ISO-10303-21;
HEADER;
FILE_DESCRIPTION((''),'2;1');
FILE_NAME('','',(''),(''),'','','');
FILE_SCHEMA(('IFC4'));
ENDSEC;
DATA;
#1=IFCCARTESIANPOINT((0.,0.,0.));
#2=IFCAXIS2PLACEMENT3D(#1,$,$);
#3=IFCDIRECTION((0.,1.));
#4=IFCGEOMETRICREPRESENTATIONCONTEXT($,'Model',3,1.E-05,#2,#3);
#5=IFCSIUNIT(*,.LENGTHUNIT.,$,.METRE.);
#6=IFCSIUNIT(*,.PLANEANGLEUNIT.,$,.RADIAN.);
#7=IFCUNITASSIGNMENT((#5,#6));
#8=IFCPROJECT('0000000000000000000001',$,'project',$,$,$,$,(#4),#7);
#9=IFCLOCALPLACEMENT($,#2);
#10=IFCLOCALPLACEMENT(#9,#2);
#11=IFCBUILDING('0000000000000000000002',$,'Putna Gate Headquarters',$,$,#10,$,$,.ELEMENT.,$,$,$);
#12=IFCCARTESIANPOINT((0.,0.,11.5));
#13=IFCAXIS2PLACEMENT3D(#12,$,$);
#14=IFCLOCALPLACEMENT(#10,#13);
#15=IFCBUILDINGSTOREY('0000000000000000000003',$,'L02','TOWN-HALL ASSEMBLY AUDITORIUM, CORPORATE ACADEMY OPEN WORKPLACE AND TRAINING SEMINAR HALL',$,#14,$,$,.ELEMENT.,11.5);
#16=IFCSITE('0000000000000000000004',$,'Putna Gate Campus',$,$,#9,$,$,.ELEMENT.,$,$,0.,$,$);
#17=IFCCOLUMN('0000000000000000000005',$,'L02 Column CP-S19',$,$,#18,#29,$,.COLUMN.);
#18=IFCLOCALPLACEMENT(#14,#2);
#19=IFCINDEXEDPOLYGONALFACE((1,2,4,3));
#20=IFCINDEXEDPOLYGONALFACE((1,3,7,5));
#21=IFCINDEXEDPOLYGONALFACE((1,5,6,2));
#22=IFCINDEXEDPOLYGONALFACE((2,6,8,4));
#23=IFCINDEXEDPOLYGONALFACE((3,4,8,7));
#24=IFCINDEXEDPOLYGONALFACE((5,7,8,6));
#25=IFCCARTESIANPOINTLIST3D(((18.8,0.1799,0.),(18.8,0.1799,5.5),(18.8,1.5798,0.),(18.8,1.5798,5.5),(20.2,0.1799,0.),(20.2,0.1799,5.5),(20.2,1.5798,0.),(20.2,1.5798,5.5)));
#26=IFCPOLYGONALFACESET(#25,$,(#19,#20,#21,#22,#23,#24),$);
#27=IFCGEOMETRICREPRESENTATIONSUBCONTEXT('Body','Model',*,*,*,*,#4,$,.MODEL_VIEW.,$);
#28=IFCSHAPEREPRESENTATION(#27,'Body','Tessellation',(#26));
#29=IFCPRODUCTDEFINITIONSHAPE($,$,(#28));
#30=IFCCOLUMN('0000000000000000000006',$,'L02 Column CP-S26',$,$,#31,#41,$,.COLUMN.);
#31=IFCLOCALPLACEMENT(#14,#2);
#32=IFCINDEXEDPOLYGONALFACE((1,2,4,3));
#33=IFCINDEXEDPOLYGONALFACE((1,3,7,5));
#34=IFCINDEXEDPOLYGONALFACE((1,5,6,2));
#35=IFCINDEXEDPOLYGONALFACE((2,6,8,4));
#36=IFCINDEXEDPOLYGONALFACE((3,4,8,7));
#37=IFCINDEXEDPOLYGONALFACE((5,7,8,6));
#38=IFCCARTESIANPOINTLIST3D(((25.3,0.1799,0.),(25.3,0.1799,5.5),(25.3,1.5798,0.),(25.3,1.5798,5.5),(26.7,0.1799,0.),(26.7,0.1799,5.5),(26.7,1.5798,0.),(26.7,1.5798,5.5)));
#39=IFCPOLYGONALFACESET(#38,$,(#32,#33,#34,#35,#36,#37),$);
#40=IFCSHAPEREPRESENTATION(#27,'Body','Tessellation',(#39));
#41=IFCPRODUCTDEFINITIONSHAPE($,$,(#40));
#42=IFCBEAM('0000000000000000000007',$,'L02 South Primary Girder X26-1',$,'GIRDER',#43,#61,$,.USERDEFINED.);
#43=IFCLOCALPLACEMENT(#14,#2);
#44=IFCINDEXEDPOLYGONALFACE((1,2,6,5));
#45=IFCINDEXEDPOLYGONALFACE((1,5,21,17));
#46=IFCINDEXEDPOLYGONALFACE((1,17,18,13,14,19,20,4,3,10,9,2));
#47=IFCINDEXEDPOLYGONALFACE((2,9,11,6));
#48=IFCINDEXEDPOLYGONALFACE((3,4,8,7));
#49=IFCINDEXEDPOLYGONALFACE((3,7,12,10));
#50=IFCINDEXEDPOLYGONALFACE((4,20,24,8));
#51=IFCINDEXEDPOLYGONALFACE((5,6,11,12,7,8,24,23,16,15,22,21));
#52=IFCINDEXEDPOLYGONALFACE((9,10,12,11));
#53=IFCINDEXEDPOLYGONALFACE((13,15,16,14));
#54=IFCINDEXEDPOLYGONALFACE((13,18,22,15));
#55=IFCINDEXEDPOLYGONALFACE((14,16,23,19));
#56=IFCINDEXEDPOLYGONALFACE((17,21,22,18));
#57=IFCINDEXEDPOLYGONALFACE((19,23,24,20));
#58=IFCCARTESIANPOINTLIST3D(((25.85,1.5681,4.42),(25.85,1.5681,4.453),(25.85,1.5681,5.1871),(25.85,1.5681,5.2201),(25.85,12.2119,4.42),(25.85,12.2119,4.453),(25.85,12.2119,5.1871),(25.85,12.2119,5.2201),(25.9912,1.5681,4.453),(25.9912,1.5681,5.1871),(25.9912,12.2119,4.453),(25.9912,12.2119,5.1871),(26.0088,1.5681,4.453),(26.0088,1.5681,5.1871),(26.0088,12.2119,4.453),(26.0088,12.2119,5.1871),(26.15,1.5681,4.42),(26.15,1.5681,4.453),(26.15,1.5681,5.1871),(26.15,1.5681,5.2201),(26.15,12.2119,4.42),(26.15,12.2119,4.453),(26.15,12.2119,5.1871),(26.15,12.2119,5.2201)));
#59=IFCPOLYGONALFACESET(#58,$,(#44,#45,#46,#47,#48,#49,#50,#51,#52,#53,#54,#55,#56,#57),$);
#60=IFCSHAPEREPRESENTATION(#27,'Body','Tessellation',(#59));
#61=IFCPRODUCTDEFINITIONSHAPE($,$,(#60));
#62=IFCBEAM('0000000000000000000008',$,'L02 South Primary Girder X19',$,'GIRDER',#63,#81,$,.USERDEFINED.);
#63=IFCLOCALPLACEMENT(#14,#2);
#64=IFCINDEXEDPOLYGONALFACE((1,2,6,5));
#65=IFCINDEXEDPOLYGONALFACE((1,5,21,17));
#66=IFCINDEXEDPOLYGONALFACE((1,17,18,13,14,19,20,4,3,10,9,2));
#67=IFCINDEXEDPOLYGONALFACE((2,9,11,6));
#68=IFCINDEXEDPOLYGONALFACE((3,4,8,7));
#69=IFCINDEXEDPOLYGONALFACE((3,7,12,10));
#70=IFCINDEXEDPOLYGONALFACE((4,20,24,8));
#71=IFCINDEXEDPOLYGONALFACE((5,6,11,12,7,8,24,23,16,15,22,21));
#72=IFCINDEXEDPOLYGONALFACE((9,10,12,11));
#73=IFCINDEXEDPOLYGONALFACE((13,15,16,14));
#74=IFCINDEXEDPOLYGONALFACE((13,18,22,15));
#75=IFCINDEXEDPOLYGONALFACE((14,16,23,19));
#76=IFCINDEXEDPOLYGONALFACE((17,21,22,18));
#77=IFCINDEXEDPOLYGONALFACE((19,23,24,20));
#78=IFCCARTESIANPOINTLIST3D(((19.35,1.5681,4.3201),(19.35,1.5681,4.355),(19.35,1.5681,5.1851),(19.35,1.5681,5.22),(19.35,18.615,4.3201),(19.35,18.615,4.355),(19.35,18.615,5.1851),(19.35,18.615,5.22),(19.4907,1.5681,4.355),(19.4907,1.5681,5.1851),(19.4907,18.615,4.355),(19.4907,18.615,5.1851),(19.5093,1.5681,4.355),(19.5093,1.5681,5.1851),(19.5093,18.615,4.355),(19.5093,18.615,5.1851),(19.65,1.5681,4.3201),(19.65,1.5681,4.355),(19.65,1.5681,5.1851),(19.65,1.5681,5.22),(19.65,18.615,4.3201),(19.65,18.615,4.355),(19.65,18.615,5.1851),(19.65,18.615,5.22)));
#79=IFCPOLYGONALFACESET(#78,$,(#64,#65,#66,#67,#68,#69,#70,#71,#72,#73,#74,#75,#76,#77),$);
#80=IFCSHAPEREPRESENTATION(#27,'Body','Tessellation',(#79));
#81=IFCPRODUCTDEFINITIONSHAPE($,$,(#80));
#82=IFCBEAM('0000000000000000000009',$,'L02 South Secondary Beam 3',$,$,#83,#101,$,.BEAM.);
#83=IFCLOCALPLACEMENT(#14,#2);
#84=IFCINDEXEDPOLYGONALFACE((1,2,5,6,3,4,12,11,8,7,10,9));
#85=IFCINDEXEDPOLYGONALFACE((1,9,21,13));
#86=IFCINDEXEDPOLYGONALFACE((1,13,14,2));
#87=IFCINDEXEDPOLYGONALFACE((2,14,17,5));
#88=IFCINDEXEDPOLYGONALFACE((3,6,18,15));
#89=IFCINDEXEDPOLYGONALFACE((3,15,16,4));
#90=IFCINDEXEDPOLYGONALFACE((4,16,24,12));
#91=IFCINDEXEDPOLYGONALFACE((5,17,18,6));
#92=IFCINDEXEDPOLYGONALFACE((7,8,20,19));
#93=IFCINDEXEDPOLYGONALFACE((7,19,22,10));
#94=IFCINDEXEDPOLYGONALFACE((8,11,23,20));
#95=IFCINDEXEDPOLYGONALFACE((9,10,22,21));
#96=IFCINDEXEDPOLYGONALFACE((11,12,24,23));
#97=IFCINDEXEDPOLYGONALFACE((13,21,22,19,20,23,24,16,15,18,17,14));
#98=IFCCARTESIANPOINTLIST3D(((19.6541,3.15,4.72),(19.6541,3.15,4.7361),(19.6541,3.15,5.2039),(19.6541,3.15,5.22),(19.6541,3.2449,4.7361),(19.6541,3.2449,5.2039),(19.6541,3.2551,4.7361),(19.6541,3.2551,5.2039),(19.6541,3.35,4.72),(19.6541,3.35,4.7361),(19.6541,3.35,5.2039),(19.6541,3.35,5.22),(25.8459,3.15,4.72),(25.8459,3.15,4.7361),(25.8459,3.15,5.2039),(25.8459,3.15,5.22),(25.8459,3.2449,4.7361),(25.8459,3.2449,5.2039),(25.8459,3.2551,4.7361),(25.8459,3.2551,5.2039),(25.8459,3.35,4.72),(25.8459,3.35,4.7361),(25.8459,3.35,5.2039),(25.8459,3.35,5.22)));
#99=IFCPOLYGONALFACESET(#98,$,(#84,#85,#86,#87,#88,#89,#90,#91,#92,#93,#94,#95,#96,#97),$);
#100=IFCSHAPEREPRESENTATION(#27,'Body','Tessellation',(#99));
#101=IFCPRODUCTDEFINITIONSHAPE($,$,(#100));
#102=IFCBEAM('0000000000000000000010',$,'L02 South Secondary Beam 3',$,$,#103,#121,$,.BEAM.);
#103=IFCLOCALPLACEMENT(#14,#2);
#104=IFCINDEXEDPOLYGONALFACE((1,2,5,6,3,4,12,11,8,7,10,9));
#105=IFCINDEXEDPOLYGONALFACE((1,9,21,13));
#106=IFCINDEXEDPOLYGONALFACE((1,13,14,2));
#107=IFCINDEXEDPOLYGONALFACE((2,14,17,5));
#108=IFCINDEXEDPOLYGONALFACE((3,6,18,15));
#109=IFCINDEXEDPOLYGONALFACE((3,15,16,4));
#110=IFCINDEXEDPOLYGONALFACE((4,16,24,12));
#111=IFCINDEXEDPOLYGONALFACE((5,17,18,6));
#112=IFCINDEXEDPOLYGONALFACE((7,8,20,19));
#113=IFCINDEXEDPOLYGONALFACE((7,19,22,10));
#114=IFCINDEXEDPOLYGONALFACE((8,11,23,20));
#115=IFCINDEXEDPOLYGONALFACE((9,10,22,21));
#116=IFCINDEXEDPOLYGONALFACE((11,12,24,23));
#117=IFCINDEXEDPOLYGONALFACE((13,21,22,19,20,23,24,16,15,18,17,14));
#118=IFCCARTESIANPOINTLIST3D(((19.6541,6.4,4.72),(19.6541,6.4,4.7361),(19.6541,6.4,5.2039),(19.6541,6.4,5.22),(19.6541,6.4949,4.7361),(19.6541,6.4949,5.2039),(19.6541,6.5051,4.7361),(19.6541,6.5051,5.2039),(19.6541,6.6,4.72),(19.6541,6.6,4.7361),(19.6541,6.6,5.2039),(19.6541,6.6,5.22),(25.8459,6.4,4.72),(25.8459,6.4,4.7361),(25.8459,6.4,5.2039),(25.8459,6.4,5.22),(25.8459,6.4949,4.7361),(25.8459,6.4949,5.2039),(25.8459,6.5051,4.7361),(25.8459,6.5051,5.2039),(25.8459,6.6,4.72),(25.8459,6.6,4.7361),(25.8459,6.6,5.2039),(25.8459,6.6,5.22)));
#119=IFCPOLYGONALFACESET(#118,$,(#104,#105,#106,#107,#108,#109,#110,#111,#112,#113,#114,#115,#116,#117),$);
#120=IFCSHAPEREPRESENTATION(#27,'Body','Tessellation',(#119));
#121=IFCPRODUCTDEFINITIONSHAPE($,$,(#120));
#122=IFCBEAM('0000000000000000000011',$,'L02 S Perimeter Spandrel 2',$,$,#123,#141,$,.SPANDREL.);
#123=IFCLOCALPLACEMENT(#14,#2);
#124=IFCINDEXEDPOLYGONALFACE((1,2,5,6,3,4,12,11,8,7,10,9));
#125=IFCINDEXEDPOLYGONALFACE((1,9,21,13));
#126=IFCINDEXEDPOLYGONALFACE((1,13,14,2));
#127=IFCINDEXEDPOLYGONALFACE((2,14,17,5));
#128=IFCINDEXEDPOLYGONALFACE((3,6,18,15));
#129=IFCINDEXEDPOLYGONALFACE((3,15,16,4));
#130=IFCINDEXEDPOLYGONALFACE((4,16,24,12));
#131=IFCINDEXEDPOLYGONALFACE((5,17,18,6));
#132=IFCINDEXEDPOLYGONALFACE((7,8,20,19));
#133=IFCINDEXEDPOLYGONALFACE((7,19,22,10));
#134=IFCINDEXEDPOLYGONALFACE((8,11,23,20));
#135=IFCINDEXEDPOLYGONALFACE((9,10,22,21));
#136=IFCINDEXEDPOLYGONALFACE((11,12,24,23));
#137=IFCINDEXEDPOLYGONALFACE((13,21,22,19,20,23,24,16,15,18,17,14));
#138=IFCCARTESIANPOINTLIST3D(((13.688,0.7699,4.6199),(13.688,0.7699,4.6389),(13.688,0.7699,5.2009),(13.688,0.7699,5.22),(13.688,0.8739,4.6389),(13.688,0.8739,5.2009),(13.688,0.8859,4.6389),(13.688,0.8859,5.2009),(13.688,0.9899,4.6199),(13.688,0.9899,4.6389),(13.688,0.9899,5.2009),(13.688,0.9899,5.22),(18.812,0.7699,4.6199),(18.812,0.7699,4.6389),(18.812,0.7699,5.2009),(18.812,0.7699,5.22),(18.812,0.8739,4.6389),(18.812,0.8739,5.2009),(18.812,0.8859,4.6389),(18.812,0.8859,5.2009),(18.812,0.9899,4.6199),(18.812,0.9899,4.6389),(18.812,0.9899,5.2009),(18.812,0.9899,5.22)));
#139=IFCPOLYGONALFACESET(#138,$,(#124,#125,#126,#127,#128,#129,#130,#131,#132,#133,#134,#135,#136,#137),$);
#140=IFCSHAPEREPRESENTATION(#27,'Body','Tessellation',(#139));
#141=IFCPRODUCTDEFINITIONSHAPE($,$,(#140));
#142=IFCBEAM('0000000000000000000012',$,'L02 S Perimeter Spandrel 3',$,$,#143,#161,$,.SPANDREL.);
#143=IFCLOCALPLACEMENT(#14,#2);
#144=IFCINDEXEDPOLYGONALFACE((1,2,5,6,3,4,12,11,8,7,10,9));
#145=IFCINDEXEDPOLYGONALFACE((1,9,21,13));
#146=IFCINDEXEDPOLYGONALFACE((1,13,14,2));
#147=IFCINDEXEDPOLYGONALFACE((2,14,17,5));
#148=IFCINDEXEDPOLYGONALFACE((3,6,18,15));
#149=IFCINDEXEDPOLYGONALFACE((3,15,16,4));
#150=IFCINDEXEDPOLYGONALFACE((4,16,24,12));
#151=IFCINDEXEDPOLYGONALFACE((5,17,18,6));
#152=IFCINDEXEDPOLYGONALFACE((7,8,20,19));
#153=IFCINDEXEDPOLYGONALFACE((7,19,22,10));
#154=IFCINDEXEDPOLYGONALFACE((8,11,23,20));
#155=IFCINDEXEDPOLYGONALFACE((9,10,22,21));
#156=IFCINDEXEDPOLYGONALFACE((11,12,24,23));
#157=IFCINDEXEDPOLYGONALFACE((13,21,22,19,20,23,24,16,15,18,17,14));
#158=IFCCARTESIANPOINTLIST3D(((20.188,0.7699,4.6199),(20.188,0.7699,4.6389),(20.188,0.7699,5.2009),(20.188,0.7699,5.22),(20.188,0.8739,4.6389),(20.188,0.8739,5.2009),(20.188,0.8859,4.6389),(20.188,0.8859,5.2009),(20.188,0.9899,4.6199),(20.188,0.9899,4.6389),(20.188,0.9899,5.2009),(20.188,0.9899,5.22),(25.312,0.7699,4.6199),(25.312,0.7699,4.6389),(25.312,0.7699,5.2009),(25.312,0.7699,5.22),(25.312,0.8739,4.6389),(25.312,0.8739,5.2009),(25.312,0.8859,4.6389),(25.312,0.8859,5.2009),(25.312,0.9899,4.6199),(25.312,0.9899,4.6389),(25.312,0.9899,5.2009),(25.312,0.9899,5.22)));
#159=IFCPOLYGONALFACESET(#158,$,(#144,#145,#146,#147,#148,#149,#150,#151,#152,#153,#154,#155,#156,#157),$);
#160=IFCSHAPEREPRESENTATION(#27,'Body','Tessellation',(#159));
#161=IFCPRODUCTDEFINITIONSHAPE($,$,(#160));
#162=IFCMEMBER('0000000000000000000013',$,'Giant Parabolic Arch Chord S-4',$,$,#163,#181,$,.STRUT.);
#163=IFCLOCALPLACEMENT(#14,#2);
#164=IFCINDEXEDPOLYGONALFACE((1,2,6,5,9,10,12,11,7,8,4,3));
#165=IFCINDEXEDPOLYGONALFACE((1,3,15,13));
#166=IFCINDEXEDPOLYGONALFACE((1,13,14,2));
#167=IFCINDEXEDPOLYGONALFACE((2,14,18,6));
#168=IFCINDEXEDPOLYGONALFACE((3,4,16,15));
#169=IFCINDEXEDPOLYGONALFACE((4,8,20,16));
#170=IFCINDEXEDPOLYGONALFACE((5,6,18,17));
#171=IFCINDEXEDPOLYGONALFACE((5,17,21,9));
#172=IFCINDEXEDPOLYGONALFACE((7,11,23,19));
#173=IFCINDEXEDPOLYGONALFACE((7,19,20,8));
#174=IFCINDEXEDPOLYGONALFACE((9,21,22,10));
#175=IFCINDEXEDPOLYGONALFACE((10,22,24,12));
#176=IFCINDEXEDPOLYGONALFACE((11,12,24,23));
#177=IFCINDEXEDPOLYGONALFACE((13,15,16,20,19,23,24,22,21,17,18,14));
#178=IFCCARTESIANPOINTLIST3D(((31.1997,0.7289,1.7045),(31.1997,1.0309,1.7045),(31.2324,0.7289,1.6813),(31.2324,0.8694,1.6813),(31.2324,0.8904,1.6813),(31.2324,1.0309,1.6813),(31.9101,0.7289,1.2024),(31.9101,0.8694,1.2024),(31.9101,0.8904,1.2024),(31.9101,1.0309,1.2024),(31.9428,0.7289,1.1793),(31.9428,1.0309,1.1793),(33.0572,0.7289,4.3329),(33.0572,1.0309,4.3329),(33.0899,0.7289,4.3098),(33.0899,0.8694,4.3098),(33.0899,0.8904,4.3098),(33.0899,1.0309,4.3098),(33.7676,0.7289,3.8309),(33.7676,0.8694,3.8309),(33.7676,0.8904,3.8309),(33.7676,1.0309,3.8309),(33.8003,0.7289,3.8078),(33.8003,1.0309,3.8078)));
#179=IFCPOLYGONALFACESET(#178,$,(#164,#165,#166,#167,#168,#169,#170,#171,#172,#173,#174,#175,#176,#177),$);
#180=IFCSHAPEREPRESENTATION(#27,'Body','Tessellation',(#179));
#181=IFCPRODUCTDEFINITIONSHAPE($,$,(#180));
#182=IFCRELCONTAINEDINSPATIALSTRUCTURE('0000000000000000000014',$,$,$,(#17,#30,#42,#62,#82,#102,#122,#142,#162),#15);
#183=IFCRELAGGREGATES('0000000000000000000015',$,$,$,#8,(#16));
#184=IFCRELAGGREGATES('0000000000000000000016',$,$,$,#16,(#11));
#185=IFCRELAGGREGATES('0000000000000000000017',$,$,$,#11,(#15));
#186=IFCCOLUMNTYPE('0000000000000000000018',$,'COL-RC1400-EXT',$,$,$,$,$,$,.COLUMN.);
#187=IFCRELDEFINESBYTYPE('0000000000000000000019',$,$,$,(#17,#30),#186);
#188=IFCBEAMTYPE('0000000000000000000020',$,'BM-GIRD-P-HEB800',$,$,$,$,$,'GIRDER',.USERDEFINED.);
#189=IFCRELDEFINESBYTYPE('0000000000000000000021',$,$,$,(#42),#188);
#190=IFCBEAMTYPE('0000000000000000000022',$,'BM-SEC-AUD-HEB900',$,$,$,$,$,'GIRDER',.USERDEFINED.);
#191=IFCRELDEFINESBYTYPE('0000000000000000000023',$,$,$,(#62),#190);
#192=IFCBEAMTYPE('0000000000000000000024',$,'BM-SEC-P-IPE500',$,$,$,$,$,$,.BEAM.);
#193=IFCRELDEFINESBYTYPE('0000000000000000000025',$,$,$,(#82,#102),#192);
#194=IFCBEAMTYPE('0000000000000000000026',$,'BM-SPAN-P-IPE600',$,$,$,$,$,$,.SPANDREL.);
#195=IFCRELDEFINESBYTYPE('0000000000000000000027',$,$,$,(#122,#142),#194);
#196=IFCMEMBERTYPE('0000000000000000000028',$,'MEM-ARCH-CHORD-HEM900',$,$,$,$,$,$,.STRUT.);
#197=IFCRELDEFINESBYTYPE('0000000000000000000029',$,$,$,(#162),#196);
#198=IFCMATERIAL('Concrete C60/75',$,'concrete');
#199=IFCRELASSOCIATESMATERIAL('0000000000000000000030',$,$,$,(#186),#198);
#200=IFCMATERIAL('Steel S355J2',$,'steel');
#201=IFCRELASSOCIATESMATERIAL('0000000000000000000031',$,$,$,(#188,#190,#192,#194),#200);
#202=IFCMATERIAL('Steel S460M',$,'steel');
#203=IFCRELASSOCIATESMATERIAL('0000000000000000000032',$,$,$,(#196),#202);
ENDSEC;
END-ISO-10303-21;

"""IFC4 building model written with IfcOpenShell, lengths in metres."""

from ifc_helpers import new_model, si_unit, direction, frame, origin, origin_2d, place, context, subcontext, project, spatial, rectangle, i_section, extrude, material, material_profile, profile_set, type_object, element, save


model = new_model("IFC4")

# Units and contexts
model_context = context("Model", 3, precision=1e-05, world=origin(), true_north=direction((0.0, 1.0)))
body_context = subcontext(model_context, "Body", "Model", "MODEL_VIEW")
ifc_project = project(units=[si_unit("LENGTHUNIT", "METRE"), si_unit("PLANEANGLEUNIT", "RADIAN")], contexts=[model_context])

# Site, building, storey
site_placement = place(None, origin())
site = spatial("IfcSite", under=ifc_project, at=site_placement, Name="Putna Gate Campus", CompositionType="ELEMENT", RefElevation=0.0)
building_placement = place(site_placement, origin())
building = spatial("IfcBuilding", under=site, at=building_placement, Name="Putna Gate Headquarters", CompositionType="ELEMENT")
storey_placement = place(building_placement, frame((0.0, 0.0, 11.5)))
storey = spatial("IfcBuildingStorey", under=building, at=storey_placement, Name="L02", Description="TOWN-HALL ASSEMBLY AUDITORIUM, CORPORATE ACADEMY OPEN WORKPLACE AND TRAINING SEMINAR HALL", CompositionType="ELEMENT", Elevation=11.5)

# Columns
ifc_material_1 = material(Name="Concrete C60/75", Category="concrete")
ifc_material_profile_1 = material_profile(ifc_material_1, rectangle(XDim=1.3999, YDim=1.3999, at=origin_2d()), Name="Concrete C60/75")
ifc_profile_set_1 = profile_set([ifc_material_profile_1], Name="Concrete C60/75")
column_type = type_object("IfcColumnType", Name="COL-RC1400-EXT", PredefinedType="COLUMN", material=ifc_profile_set_1)
for number, where, z_axis, x_axis, name in (
    (1, (19.5, 0.8799, 0.0), (0.0, 0.0, 1.0), (1.0, 0.0, 0.0), "L02 Column CP-S19"),
    (2, (26.0, 0.8799, 0.0), (0.0, 0.0, 1.0), (1.0, 0.0, 0.0), "L02 Column CP-S26"),
):
    element("IfcColumn", number, at=place(storey_placement, frame(where, z_axis=z_axis, x_axis=x_axis)), inside=storey, type_object=column_type, Name=name, PredefinedType="COLUMN", context=body_context, shape_type="SweptSolid", body=[
        extrude(rectangle(XDim=1.3999, YDim=1.3999, at=origin_2d()), origin(), (0.0, 0.0, 1.0), 5.5),
    ])

# Beams
ifc_material_2 = material(Name="Steel S355J2", Category="steel")
ifc_material_profile_2 = material_profile(ifc_material_2, i_section(OverallWidth=0.3, OverallDepth=0.8, WebThickness=0.0176, FlangeThickness=0.033, at=origin_2d()), Name="Steel S355J2")
ifc_profile_set_2 = profile_set([ifc_material_profile_2], Name="Steel S355J2")
beam_type_1 = type_object("IfcBeamType", Name="BM-GIRD-P-HEB800", ElementType="GIRDER", PredefinedType="USERDEFINED", material=ifc_profile_set_2)
beam_1_placement = place(storey_placement, frame((26.0, 1.5681, 4.8201), z_axis=(0.0, 1.0, 0.0), x_axis=(-1.0, 0.0, 0.0)))
element("IfcBeam", 3, at=beam_1_placement, inside=storey, type_object=beam_type_1, Name="L02 South Primary Girder X26-1", ObjectType="GIRDER", PredefinedType="USERDEFINED", context=body_context, shape_type="SweptSolid", body=[
    extrude(i_section(OverallWidth=0.3, OverallDepth=0.8, WebThickness=0.0176, FlangeThickness=0.033, at=origin_2d()), origin(), (0.0, 0.0, 1.0), 10.6438),
])
ifc_material_profile_3 = material_profile(ifc_material_2, i_section(OverallWidth=0.3, OverallDepth=0.8999, WebThickness=0.0186, FlangeThickness=0.0349, at=origin_2d()), Name="Steel S355J2")
ifc_profile_set_3 = profile_set([ifc_material_profile_3], Name="Steel S355J2")
beam_type_2 = type_object("IfcBeamType", Name="BM-SEC-AUD-HEB900", ElementType="GIRDER", PredefinedType="USERDEFINED", material=ifc_profile_set_3)
beam_2_placement = place(storey_placement, frame((19.5, 1.5681, 4.77), z_axis=(0.0, 1.0, 0.0), x_axis=(-1.0, 0.0, 0.0)))
element("IfcBeam", 4, at=beam_2_placement, inside=storey, type_object=beam_type_2, Name="L02 South Primary Girder X19", ObjectType="GIRDER", PredefinedType="USERDEFINED", context=body_context, shape_type="SweptSolid", body=[
    extrude(i_section(OverallWidth=0.3, OverallDepth=0.8999, WebThickness=0.0186, FlangeThickness=0.0349, at=origin_2d()), origin(), (0.0, 0.0, 1.0), 17.0469),
])
ifc_material_profile_4 = material_profile(ifc_material_2, i_section(OverallWidth=0.2, OverallDepth=0.5, WebThickness=0.0103, FlangeThickness=0.0161, at=origin_2d()), Name="Steel S355J2")
ifc_profile_set_4 = profile_set([ifc_material_profile_4], Name="Steel S355J2")
beam_type_3 = type_object("IfcBeamType", Name="BM-SEC-P-IPE500", PredefinedType="BEAM", material=ifc_profile_set_4)
for number, where, z_axis, x_axis, name in (
    (5, (19.6541, 3.25, 4.97), (1.0, 0.0, 0.0), (0.0, 1.0, 0.0), "L02 South Secondary Beam 3"),
    (6, (19.6541, 6.5, 4.97), (1.0, 0.0, 0.0), (0.0, 1.0, 0.0), "L02 South Secondary Beam 3"),
):
    element("IfcBeam", number, at=place(storey_placement, frame(where, z_axis=z_axis, x_axis=x_axis)), inside=storey, type_object=beam_type_3, Name=name, PredefinedType="BEAM", context=body_context, shape_type="SweptSolid", body=[
        extrude(i_section(OverallWidth=0.2, OverallDepth=0.5, WebThickness=0.0103, FlangeThickness=0.0161, at=origin_2d()), origin(), (0.0, 0.0, 1.0), 6.1919),
    ])
ifc_material_profile_5 = material_profile(ifc_material_2, i_section(OverallWidth=0.22, OverallDepth=0.6001, WebThickness=0.012, FlangeThickness=0.019, at=origin_2d()), Name="Steel S355J2")
ifc_profile_set_5 = profile_set([ifc_material_profile_5], Name="Steel S355J2")
beam_type_4 = type_object("IfcBeamType", Name="BM-SPAN-P-IPE600", PredefinedType="SPANDREL", material=ifc_profile_set_5)
for number, where, z_axis, x_axis, name in (
    (7, (13.688, 0.8799, 4.9199), (1.0, 0.0, 0.0), (0.0, 1.0, 0.0), "L02 S Perimeter Spandrel 2"),
    (8, (20.188, 0.8799, 4.9199), (1.0, 0.0, 0.0), (0.0, 1.0, 0.0), "L02 S Perimeter Spandrel 3"),
):
    element("IfcBeam", number, at=place(storey_placement, frame(where, z_axis=z_axis, x_axis=x_axis)), inside=storey, type_object=beam_type_4, Name=name, PredefinedType="SPANDREL", context=body_context, shape_type="SweptSolid", body=[
        extrude(i_section(OverallWidth=0.22, OverallDepth=0.6001, WebThickness=0.012, FlangeThickness=0.019, at=origin_2d()), origin(), (0.0, 0.0, 1.0), 5.124),
    ])

# Member
ifc_material_3 = material(Name="Steel S460M", Category="steel")
ifc_material_profile_6 = material_profile(ifc_material_3, i_section(OverallWidth=0.302, OverallDepth=0.9099, WebThickness=0.021, FlangeThickness=0.04, at=origin_2d()), Name="Steel S460M")
ifc_profile_set_6 = profile_set([ifc_material_profile_6], Name="Steel S460M")
member_type_1 = type_object("IfcMemberType", Name="MEM-ARCH-CHORD-HEM900", PredefinedType="STRUT", material=ifc_profile_set_6)
member_1_placement = place(storey_placement, frame((31.5713, 0.8799, 1.4419), z_axis=(0.577112, 0.0, 0.816665), x_axis=(0.0, 1.0, 0.0)))
element("IfcMember", 9, at=member_1_placement, inside=storey, type_object=member_type_1, Name="Giant Parabolic Arch Chord S-4", PredefinedType="STRUT", context=body_context, shape_type="SweptSolid", body=[
    extrude(i_section(OverallWidth=0.302, OverallDepth=0.9099, WebThickness=0.021, FlangeThickness=0.04, at=origin_2d()), origin(), (0.0, 0.0, 1.0), 3.2185),
])

save(model, "model.ifc")
